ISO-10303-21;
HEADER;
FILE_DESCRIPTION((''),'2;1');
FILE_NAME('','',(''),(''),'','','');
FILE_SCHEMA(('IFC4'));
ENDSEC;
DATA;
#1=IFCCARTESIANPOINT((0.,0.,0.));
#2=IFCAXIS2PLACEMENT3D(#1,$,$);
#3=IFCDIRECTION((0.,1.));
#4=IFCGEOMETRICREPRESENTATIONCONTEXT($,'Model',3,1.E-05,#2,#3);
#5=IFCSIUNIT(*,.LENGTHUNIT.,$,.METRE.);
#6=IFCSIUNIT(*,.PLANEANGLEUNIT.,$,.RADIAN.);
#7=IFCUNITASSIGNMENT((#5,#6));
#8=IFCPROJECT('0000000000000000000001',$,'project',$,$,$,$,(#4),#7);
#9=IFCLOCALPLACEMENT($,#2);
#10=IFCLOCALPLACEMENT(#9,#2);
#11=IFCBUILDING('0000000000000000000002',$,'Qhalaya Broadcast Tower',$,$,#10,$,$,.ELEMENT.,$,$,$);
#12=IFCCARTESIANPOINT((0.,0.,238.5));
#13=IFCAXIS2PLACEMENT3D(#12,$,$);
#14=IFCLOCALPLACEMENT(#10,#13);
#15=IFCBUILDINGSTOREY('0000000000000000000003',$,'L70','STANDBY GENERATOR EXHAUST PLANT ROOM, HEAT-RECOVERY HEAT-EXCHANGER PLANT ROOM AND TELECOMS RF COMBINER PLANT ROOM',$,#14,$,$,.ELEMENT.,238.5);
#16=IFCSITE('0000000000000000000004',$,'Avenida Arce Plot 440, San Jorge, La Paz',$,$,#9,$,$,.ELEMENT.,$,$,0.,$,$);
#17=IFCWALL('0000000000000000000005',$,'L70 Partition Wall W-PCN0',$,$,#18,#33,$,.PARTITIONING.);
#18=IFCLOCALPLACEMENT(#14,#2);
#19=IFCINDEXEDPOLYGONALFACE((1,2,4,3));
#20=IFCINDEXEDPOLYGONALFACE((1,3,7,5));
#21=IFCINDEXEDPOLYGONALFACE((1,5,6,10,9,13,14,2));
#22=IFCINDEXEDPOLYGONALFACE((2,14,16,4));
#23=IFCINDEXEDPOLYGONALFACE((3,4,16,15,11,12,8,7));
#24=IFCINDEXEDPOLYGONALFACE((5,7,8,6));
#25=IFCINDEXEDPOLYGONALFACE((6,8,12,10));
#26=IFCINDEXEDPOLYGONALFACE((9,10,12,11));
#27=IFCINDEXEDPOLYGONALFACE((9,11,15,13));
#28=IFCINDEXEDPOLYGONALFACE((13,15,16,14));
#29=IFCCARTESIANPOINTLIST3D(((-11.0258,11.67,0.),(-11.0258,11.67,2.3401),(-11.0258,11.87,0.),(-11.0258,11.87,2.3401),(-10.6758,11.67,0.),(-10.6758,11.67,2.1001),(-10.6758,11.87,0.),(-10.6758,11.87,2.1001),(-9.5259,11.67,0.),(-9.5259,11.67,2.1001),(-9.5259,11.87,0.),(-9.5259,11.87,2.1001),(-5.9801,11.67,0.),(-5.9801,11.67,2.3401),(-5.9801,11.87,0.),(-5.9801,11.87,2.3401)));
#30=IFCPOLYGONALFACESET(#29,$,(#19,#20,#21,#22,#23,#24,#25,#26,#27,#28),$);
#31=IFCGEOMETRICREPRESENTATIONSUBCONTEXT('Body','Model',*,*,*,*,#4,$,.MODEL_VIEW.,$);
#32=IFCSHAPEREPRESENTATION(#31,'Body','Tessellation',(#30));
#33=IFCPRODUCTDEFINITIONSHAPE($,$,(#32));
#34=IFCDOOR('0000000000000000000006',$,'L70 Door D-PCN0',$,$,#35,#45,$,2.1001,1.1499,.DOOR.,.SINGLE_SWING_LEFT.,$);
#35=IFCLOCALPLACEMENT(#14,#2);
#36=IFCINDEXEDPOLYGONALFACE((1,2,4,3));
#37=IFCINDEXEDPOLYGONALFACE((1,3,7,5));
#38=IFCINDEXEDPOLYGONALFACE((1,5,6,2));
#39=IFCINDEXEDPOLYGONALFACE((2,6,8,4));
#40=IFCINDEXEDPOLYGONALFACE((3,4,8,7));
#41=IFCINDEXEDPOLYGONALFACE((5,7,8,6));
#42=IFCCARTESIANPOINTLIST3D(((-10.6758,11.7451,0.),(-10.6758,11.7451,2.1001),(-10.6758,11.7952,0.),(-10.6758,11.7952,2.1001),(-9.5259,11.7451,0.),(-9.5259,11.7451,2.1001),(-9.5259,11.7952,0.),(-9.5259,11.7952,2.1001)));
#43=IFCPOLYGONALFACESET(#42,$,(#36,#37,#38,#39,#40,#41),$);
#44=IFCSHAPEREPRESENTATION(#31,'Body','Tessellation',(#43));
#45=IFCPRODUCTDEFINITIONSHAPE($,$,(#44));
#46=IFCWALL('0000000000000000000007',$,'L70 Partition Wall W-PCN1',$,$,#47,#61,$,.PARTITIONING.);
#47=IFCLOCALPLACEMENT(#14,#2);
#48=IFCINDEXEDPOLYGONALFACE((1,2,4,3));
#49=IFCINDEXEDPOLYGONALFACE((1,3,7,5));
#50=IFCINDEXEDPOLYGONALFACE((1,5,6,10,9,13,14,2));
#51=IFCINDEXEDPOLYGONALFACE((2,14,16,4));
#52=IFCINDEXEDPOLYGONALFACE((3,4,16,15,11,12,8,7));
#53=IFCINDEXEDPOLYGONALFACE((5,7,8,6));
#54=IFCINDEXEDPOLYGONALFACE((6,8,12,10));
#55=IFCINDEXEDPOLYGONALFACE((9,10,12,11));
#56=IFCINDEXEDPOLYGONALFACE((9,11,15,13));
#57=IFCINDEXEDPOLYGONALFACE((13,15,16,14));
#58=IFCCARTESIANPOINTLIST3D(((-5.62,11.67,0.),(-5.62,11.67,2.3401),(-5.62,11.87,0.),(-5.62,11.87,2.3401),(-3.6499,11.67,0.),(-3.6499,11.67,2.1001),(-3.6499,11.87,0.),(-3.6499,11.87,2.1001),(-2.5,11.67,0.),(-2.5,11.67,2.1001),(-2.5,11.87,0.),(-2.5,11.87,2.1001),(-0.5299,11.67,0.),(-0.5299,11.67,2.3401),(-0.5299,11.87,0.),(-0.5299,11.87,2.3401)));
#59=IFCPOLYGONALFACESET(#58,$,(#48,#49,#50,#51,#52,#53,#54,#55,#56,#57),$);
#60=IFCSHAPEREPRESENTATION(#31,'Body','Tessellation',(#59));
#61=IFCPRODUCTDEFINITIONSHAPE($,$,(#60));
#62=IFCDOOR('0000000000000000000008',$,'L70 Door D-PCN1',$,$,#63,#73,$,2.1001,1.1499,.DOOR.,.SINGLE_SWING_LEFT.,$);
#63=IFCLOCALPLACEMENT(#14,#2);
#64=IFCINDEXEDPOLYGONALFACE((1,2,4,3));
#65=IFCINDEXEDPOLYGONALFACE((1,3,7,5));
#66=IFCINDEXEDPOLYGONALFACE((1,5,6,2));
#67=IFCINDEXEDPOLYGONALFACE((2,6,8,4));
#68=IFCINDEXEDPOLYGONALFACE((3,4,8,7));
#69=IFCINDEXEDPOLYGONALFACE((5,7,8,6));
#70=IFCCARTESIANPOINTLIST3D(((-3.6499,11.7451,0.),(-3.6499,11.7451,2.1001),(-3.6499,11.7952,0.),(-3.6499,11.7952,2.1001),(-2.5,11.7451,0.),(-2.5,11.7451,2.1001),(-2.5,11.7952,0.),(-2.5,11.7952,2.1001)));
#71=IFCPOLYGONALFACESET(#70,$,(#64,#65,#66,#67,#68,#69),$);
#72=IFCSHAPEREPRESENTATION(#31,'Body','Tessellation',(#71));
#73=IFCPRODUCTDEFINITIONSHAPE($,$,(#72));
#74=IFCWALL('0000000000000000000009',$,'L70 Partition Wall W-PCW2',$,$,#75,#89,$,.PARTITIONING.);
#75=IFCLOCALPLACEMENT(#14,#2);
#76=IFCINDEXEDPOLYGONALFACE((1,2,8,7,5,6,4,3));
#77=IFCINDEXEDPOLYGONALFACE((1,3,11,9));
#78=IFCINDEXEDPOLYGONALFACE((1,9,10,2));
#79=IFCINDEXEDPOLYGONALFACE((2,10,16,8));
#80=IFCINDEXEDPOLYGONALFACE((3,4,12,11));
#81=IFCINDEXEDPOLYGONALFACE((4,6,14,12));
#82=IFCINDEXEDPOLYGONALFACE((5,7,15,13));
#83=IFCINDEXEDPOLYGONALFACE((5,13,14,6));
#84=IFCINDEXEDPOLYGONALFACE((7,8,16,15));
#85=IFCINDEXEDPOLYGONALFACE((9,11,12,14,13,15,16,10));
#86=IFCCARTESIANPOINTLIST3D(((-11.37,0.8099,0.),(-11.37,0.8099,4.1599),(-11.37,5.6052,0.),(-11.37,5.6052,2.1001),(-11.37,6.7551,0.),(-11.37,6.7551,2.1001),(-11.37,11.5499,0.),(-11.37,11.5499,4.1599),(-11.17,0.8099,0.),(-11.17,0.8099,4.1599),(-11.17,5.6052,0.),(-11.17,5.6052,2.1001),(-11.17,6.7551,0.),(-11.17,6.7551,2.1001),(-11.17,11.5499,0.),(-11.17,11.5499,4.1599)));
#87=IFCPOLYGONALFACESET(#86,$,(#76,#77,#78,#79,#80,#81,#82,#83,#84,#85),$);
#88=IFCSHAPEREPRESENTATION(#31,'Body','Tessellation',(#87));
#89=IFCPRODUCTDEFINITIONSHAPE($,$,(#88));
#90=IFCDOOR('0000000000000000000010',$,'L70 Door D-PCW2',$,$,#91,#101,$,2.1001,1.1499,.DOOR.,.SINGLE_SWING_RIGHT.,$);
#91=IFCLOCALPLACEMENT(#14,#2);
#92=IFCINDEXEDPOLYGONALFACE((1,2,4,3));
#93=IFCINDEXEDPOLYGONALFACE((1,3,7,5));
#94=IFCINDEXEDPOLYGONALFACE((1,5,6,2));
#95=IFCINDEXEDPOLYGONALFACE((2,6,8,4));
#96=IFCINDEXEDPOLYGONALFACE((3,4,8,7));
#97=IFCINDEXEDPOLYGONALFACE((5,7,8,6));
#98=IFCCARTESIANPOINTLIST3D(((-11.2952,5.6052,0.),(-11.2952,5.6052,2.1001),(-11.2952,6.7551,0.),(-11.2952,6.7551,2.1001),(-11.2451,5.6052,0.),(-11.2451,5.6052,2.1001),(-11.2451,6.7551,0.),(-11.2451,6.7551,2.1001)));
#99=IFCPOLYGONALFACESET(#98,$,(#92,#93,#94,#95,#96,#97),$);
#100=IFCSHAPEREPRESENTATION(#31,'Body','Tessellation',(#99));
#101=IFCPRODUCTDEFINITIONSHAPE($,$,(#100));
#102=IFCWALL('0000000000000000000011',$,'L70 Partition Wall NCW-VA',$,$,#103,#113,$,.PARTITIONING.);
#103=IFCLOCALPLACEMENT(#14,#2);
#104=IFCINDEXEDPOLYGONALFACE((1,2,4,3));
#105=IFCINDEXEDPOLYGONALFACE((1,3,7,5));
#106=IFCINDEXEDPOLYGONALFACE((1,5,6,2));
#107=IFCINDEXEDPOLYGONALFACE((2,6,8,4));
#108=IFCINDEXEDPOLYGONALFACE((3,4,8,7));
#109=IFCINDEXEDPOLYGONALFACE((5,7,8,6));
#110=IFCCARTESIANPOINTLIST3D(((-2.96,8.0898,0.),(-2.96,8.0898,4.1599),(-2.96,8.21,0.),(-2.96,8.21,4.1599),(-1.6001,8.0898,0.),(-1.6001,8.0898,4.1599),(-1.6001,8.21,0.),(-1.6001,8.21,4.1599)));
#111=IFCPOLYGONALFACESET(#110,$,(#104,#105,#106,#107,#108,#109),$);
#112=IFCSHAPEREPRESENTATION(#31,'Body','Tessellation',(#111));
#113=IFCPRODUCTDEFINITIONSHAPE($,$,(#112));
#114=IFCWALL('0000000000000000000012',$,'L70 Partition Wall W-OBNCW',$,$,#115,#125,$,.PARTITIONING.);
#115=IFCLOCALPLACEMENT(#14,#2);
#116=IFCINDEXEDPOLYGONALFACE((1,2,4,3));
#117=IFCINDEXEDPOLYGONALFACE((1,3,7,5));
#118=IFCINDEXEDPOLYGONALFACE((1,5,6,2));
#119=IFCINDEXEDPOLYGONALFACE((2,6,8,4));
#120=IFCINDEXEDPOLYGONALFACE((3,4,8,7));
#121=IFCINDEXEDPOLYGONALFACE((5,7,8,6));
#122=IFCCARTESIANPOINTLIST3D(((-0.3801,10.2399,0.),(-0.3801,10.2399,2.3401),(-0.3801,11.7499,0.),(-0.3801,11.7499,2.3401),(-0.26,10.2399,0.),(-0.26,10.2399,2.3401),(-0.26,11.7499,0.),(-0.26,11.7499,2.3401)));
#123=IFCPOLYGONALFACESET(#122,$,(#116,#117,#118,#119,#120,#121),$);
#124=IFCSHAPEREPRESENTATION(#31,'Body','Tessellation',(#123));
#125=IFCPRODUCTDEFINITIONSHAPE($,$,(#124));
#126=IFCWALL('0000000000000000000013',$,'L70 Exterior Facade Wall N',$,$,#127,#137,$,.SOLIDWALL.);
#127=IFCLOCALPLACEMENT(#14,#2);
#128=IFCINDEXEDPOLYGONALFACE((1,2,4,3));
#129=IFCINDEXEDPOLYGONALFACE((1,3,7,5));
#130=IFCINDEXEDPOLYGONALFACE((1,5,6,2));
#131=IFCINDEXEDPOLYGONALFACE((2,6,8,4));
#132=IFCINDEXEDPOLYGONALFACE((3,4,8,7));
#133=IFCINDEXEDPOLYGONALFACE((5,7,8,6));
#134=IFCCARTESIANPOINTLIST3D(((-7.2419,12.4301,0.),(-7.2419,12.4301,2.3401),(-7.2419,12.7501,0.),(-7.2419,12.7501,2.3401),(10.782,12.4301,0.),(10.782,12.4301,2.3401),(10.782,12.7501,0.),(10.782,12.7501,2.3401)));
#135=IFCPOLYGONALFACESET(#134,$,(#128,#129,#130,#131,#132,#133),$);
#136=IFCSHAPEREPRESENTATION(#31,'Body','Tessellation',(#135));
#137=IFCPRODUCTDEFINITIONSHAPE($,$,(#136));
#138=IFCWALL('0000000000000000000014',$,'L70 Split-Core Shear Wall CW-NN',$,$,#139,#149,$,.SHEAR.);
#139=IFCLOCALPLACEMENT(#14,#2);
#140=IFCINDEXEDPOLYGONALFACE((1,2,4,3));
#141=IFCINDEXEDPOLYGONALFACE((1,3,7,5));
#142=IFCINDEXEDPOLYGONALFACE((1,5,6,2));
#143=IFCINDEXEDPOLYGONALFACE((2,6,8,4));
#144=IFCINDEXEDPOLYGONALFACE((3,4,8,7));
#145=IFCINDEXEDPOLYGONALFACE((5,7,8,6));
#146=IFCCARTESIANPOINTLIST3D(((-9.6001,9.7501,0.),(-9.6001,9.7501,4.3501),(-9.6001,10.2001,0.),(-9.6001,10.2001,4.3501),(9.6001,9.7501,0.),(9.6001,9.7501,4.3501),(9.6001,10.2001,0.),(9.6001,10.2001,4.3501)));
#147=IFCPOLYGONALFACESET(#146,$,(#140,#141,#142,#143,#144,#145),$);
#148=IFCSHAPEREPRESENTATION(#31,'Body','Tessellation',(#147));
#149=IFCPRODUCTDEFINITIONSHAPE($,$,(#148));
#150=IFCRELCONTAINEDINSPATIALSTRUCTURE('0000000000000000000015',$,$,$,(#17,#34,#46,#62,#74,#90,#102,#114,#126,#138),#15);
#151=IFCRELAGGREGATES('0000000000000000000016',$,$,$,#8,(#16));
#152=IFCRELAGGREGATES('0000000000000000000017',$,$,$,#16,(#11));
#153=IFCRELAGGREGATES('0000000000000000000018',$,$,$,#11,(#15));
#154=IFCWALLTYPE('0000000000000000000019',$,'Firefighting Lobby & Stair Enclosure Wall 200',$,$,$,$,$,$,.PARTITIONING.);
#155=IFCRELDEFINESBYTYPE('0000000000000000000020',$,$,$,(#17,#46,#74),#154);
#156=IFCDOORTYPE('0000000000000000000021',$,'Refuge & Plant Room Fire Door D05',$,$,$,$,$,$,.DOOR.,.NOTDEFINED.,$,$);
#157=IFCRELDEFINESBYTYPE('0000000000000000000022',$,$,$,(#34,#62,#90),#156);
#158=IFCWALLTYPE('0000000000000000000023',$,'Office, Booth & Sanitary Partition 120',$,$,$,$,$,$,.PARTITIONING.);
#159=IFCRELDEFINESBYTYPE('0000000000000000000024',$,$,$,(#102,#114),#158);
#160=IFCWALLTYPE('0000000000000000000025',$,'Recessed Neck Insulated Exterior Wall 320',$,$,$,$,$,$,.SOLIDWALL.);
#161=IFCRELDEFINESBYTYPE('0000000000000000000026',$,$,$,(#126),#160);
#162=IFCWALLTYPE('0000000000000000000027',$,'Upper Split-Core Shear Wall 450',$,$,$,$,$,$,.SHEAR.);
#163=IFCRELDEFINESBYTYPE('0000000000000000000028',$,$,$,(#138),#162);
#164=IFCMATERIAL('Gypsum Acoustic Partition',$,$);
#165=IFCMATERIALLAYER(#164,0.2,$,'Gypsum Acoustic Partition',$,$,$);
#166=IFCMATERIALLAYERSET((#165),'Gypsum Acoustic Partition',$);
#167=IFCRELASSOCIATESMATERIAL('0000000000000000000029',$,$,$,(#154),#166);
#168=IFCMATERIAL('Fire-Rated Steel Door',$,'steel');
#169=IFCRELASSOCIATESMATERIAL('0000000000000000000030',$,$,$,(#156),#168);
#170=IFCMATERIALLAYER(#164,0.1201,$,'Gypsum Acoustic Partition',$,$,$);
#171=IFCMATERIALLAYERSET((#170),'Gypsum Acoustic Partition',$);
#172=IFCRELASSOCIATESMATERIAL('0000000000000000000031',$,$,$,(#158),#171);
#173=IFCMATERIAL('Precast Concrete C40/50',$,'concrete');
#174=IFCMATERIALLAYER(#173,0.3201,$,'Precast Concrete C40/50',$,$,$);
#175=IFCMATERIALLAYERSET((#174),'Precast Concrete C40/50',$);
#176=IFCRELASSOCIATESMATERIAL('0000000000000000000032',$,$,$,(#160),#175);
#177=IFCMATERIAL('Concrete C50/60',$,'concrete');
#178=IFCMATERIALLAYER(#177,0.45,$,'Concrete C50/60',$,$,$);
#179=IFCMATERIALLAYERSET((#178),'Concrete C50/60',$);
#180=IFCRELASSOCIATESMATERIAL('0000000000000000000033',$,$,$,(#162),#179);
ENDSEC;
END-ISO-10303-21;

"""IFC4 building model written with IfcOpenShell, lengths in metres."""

from ifc_helpers import new_model, si_unit, direction, frame, frame_2d, origin, place, context, subcontext, project, spatial, rectangle, extrude, material, layer, layer_set, type_object, element, fill, save


model = new_model("IFC4")

# Units and contexts
model_context = context("Model", 3, precision=1e-05, world=origin(), true_north=direction((0.0, 1.0)))
body_context = subcontext(model_context, "Body", "Model", "MODEL_VIEW")
ifc_project = project(units=[si_unit("LENGTHUNIT", "METRE"), si_unit("PLANEANGLEUNIT", "RADIAN")], contexts=[model_context])

# Site, building, storey
site_placement = place(None, origin())
site = spatial("IfcSite", under=ifc_project, at=site_placement, Name="Avenida Arce Plot 440, San Jorge, La Paz", CompositionType="ELEMENT", RefElevation=0.0)
building_placement = place(site_placement, origin())
building = spatial("IfcBuilding", under=site, at=building_placement, Name="Qhalaya Broadcast Tower", CompositionType="ELEMENT")
storey_placement = place(building_placement, frame((0.0, 0.0, 238.5)))
storey = spatial("IfcBuildingStorey", under=building, at=storey_placement, Name="L70", Description="STANDBY GENERATOR EXHAUST PLANT ROOM, HEAT-RECOVERY HEAT-EXCHANGER PLANT ROOM AND TELECOMS RF COMBINER PLANT ROOM", CompositionType="ELEMENT", Elevation=238.5)

# Shared definitions
ifc_material_1 = material(Name="Concrete C50/60", Category="concrete")

# Walls, openings, doors
ifc_material_2 = material(Name="Gypsum Acoustic Partition")
ifc_layer_1 = layer(ifc_material_2, 0.2, Name="Gypsum Acoustic Partition")
ifc_layer_set_1 = layer_set([ifc_layer_1], Name="Gypsum Acoustic Partition")
wall_type_1 = type_object("IfcWallType", Name="Firefighting Lobby & Stair Enclosure Wall 200", PredefinedType="PARTITIONING", material=ifc_layer_set_1)
wall_1_placement = place(storey_placement, frame((-5.98, 11.77, 0.0), z_axis=(0.0, 0.0, 1.0), x_axis=(-1.0, 0.0, 0.0)))
wall_1 = element("IfcWall", 1, at=wall_1_placement, inside=storey, type_object=wall_type_1, Name="L70 Partition Wall W-PCN0", PredefinedType="PARTITIONING", context=body_context, shape_type="SweptSolid", body=[
    extrude(rectangle(XDim=5.0457, YDim=0.2, at=frame_2d((2.5229, 0.0))), origin(), (0.0, 0.0, 1.0), 2.3401),
])
opening_1_placement = place(wall_1_placement, frame((3.5459, 0.0, 0.0)))
opening_1 = element("IfcOpeningElement", 2, at=opening_1_placement, cuts=wall_1, PredefinedType="OPENING", context=body_context, shape_type="SweptSolid", body=[
    extrude(rectangle(XDim=1.1499, YDim=2.1001, at=frame_2d((0.575, 1.05))), frame((0.0, 0.1121, 0.0), z_axis=(0.0, -1.0, 0.0), x_axis=(1.0, 0.0, 0.0)), (0.0, 0.0, 1.0), 0.2239),
])
ifc_material_3 = material(Name="Fire-Rated Steel Door", Category="steel")
door_type = type_object("IfcDoorType", Name="Refuge & Plant Room Fire Door D05", OperationType="NOTDEFINED", PredefinedType="DOOR", material=ifc_material_3)
door_1_placement = place(opening_1_placement, origin())
door_1 = element("IfcDoor", 3, at=door_1_placement, inside=storey, type_object=door_type, Name="L70 Door D-PCN0", OperationType="SINGLE_SWING_LEFT", OverallHeight=2.1001, OverallWidth=1.1499, PredefinedType="DOOR", context=body_context, shape_type="SweptSolid", body=[
    extrude(rectangle(XDim=1.1499, YDim=2.1001, at=frame_2d((0.575, 1.05))), frame((0.0, 0.0249, 0.0), z_axis=(0.0, -1.0, 0.0), x_axis=(1.0, 0.0, 0.0)), (0.0, 0.0, 1.0), 0.05),
])
fill(opening_1, door_1)
wall_2_placement = place(storey_placement, frame((-0.53, 11.77, 0.0), z_axis=(0.0, 0.0, 1.0), x_axis=(-1.0, 0.0, 0.0)))
wall_2 = element("IfcWall", 4, at=wall_2_placement, inside=storey, type_object=wall_type_1, Name="L70 Partition Wall W-PCN1", PredefinedType="PARTITIONING", context=body_context, shape_type="SweptSolid", body=[
    extrude(rectangle(XDim=5.0901, YDim=0.2, at=frame_2d((2.5449, 0.0))), origin(), (0.0, 0.0, 1.0), 2.3401),
])
opening_2_placement = place(wall_2_placement, frame((1.97, 0.0, 0.0)))
opening_2 = element("IfcOpeningElement", 5, at=opening_2_placement, cuts=wall_2, PredefinedType="OPENING", context=body_context, shape_type="SweptSolid", body=[
    extrude(rectangle(XDim=1.1499, YDim=2.1001, at=frame_2d((0.575, 1.05))), frame((0.0, 0.1121, 0.0), z_axis=(0.0, -1.0, 0.0), x_axis=(1.0, 0.0, 0.0)), (0.0, 0.0, 1.0), 0.2239),
])
door_2_placement = place(opening_2_placement, origin())
door_2 = element("IfcDoor", 6, at=door_2_placement, inside=storey, type_object=door_type, Name="L70 Door D-PCN1", OperationType="SINGLE_SWING_LEFT", OverallHeight=2.1001, OverallWidth=1.1499, PredefinedType="DOOR", context=body_context, shape_type="SweptSolid", body=[
    extrude(rectangle(XDim=1.1499, YDim=2.1001, at=frame_2d((0.575, 1.05))), frame((0.0, 0.0249, 0.0), z_axis=(0.0, -1.0, 0.0), x_axis=(1.0, 0.0, 0.0)), (0.0, 0.0, 1.0), 0.05),
])
fill(opening_2, door_2)
wall_3_placement = place(storey_placement, frame((-11.27, 11.55, 0.0), z_axis=(0.0, 0.0, 1.0), x_axis=(0.0, -1.0, 0.0)))
wall_3 = element("IfcWall", 7, at=wall_3_placement, inside=storey, type_object=wall_type_1, Name="L70 Partition Wall W-PCW2", PredefinedType="PARTITIONING", context=body_context, shape_type="SweptSolid", body=[
    extrude(rectangle(XDim=10.74, YDim=0.2, at=frame_2d((5.3701, 0.0))), origin(), (0.0, 0.0, 1.0), 4.1599),
])
opening_3_placement = place(wall_3_placement, frame((4.7949, 0.0, 0.0)))
opening_3 = element("IfcOpeningElement", 8, at=opening_3_placement, cuts=wall_3, PredefinedType="OPENING", context=body_context, shape_type="SweptSolid", body=[
    extrude(rectangle(XDim=1.1499, YDim=2.1001, at=frame_2d((0.575, 1.05))), frame((0.0, 0.1121, 0.0), z_axis=(0.0, -1.0, 0.0), x_axis=(1.0, 0.0, 0.0)), (0.0, 0.0, 1.0), 0.2239),
])
door_3_placement = place(opening_3_placement, origin())
door_3 = element("IfcDoor", 9, at=door_3_placement, inside=storey, type_object=door_type, Name="L70 Door D-PCW2", OperationType="SINGLE_SWING_RIGHT", OverallHeight=2.1001, OverallWidth=1.1499, PredefinedType="DOOR", context=body_context, shape_type="SweptSolid", body=[
    extrude(rectangle(XDim=1.1499, YDim=2.1001, at=frame_2d((0.575, 1.05))), frame((0.0, 0.0249, 0.0), z_axis=(0.0, -1.0, 0.0), x_axis=(1.0, 0.0, 0.0)), (0.0, 0.0, 1.0), 0.05),
])
fill(opening_3, door_3)

# Walls
ifc_layer_2 = layer(ifc_material_2, 0.1201, Name="Gypsum Acoustic Partition")
ifc_layer_set_2 = layer_set([ifc_layer_2], Name="Gypsum Acoustic Partition")
wall_type_2 = type_object("IfcWallType", Name="Office, Booth & Sanitary Partition 120", PredefinedType="PARTITIONING", material=ifc_layer_set_2)
wall_4_placement = place(storey_placement, frame((-2.96, 8.1499, 0.0), z_axis=(0.0, 0.0, 1.0), x_axis=(1.0, 0.0, 0.0)))
element("IfcWall", 10, at=wall_4_placement, inside=storey, type_object=wall_type_2, Name="L70 Partition Wall NCW-VA", PredefinedType="PARTITIONING", context=body_context, shape_type="SweptSolid", body=[
    extrude(rectangle(XDim=1.3599, YDim=0.1201, at=frame_2d((0.6799, 0.0))), origin(), (0.0, 0.0, 1.0), 4.1599),
])
wall_5_placement = place(storey_placement, frame((-0.3201, 10.24, 0.0), z_axis=(0.0, 0.0, 1.0), x_axis=(0.0, 1.0, 0.0)))
element("IfcWall", 11, at=wall_5_placement, inside=storey, type_object=wall_type_2, Name="L70 Partition Wall W-OBNCW", PredefinedType="PARTITIONING", context=body_context, shape_type="SweptSolid", body=[
    extrude(rectangle(XDim=1.51, YDim=0.1201, at=frame_2d((0.7549, 0.0))), origin(), (0.0, 0.0, 1.0), 2.3401),
])
ifc_material_4 = material(Name="Precast Concrete C40/50", Category="concrete")
ifc_layer_3 = layer(ifc_material_4, 0.3201, Name="Precast Concrete C40/50")
ifc_layer_set_3 = layer_set([ifc_layer_3], Name="Precast Concrete C40/50")
wall_type_3 = type_object("IfcWallType", Name="Recessed Neck Insulated Exterior Wall 320", PredefinedType="SOLIDWALL", material=ifc_layer_set_3)
wall_6_placement = place(storey_placement, frame((-7.2419, 12.5901, 0.0), z_axis=(0.0, 0.0, 1.0), x_axis=(1.0, 0.0, 0.0)))
element("IfcWall", 12, at=wall_6_placement, inside=storey, type_object=wall_type_3, Name="L70 Exterior Facade Wall N", PredefinedType="SOLIDWALL", context=body_context, shape_type="SweptSolid", body=[
    extrude(rectangle(XDim=18.0239, YDim=0.3201, at=frame_2d((9.012, 0.0))), origin(), (0.0, 0.0, 1.0), 2.3401),
])
ifc_layer_4 = layer(ifc_material_1, 0.45, Name="Concrete C50/60")
ifc_layer_set_4 = layer_set([ifc_layer_4], Name="Concrete C50/60")
wall_type_4 = type_object("IfcWallType", Name="Upper Split-Core Shear Wall 450", PredefinedType="SHEAR", material=ifc_layer_set_4)
wall_7_placement = place(storey_placement, frame((-9.6001, 9.9751, 0.0), z_axis=(0.0, 0.0, 1.0), x_axis=(1.0, 0.0, 0.0)))
element("IfcWall", 13, at=wall_7_placement, inside=storey, type_object=wall_type_4, Name="L70 Split-Core Shear Wall CW-NN", PredefinedType="SHEAR", context=body_context, shape_type="SweptSolid", body=[
    extrude(rectangle(XDim=19.2002, YDim=0.45, at=frame_2d((9.6001, 0.0))), origin(), (0.0, 0.0, 1.0), 4.3501),
])

save(model, "model.ifc")
